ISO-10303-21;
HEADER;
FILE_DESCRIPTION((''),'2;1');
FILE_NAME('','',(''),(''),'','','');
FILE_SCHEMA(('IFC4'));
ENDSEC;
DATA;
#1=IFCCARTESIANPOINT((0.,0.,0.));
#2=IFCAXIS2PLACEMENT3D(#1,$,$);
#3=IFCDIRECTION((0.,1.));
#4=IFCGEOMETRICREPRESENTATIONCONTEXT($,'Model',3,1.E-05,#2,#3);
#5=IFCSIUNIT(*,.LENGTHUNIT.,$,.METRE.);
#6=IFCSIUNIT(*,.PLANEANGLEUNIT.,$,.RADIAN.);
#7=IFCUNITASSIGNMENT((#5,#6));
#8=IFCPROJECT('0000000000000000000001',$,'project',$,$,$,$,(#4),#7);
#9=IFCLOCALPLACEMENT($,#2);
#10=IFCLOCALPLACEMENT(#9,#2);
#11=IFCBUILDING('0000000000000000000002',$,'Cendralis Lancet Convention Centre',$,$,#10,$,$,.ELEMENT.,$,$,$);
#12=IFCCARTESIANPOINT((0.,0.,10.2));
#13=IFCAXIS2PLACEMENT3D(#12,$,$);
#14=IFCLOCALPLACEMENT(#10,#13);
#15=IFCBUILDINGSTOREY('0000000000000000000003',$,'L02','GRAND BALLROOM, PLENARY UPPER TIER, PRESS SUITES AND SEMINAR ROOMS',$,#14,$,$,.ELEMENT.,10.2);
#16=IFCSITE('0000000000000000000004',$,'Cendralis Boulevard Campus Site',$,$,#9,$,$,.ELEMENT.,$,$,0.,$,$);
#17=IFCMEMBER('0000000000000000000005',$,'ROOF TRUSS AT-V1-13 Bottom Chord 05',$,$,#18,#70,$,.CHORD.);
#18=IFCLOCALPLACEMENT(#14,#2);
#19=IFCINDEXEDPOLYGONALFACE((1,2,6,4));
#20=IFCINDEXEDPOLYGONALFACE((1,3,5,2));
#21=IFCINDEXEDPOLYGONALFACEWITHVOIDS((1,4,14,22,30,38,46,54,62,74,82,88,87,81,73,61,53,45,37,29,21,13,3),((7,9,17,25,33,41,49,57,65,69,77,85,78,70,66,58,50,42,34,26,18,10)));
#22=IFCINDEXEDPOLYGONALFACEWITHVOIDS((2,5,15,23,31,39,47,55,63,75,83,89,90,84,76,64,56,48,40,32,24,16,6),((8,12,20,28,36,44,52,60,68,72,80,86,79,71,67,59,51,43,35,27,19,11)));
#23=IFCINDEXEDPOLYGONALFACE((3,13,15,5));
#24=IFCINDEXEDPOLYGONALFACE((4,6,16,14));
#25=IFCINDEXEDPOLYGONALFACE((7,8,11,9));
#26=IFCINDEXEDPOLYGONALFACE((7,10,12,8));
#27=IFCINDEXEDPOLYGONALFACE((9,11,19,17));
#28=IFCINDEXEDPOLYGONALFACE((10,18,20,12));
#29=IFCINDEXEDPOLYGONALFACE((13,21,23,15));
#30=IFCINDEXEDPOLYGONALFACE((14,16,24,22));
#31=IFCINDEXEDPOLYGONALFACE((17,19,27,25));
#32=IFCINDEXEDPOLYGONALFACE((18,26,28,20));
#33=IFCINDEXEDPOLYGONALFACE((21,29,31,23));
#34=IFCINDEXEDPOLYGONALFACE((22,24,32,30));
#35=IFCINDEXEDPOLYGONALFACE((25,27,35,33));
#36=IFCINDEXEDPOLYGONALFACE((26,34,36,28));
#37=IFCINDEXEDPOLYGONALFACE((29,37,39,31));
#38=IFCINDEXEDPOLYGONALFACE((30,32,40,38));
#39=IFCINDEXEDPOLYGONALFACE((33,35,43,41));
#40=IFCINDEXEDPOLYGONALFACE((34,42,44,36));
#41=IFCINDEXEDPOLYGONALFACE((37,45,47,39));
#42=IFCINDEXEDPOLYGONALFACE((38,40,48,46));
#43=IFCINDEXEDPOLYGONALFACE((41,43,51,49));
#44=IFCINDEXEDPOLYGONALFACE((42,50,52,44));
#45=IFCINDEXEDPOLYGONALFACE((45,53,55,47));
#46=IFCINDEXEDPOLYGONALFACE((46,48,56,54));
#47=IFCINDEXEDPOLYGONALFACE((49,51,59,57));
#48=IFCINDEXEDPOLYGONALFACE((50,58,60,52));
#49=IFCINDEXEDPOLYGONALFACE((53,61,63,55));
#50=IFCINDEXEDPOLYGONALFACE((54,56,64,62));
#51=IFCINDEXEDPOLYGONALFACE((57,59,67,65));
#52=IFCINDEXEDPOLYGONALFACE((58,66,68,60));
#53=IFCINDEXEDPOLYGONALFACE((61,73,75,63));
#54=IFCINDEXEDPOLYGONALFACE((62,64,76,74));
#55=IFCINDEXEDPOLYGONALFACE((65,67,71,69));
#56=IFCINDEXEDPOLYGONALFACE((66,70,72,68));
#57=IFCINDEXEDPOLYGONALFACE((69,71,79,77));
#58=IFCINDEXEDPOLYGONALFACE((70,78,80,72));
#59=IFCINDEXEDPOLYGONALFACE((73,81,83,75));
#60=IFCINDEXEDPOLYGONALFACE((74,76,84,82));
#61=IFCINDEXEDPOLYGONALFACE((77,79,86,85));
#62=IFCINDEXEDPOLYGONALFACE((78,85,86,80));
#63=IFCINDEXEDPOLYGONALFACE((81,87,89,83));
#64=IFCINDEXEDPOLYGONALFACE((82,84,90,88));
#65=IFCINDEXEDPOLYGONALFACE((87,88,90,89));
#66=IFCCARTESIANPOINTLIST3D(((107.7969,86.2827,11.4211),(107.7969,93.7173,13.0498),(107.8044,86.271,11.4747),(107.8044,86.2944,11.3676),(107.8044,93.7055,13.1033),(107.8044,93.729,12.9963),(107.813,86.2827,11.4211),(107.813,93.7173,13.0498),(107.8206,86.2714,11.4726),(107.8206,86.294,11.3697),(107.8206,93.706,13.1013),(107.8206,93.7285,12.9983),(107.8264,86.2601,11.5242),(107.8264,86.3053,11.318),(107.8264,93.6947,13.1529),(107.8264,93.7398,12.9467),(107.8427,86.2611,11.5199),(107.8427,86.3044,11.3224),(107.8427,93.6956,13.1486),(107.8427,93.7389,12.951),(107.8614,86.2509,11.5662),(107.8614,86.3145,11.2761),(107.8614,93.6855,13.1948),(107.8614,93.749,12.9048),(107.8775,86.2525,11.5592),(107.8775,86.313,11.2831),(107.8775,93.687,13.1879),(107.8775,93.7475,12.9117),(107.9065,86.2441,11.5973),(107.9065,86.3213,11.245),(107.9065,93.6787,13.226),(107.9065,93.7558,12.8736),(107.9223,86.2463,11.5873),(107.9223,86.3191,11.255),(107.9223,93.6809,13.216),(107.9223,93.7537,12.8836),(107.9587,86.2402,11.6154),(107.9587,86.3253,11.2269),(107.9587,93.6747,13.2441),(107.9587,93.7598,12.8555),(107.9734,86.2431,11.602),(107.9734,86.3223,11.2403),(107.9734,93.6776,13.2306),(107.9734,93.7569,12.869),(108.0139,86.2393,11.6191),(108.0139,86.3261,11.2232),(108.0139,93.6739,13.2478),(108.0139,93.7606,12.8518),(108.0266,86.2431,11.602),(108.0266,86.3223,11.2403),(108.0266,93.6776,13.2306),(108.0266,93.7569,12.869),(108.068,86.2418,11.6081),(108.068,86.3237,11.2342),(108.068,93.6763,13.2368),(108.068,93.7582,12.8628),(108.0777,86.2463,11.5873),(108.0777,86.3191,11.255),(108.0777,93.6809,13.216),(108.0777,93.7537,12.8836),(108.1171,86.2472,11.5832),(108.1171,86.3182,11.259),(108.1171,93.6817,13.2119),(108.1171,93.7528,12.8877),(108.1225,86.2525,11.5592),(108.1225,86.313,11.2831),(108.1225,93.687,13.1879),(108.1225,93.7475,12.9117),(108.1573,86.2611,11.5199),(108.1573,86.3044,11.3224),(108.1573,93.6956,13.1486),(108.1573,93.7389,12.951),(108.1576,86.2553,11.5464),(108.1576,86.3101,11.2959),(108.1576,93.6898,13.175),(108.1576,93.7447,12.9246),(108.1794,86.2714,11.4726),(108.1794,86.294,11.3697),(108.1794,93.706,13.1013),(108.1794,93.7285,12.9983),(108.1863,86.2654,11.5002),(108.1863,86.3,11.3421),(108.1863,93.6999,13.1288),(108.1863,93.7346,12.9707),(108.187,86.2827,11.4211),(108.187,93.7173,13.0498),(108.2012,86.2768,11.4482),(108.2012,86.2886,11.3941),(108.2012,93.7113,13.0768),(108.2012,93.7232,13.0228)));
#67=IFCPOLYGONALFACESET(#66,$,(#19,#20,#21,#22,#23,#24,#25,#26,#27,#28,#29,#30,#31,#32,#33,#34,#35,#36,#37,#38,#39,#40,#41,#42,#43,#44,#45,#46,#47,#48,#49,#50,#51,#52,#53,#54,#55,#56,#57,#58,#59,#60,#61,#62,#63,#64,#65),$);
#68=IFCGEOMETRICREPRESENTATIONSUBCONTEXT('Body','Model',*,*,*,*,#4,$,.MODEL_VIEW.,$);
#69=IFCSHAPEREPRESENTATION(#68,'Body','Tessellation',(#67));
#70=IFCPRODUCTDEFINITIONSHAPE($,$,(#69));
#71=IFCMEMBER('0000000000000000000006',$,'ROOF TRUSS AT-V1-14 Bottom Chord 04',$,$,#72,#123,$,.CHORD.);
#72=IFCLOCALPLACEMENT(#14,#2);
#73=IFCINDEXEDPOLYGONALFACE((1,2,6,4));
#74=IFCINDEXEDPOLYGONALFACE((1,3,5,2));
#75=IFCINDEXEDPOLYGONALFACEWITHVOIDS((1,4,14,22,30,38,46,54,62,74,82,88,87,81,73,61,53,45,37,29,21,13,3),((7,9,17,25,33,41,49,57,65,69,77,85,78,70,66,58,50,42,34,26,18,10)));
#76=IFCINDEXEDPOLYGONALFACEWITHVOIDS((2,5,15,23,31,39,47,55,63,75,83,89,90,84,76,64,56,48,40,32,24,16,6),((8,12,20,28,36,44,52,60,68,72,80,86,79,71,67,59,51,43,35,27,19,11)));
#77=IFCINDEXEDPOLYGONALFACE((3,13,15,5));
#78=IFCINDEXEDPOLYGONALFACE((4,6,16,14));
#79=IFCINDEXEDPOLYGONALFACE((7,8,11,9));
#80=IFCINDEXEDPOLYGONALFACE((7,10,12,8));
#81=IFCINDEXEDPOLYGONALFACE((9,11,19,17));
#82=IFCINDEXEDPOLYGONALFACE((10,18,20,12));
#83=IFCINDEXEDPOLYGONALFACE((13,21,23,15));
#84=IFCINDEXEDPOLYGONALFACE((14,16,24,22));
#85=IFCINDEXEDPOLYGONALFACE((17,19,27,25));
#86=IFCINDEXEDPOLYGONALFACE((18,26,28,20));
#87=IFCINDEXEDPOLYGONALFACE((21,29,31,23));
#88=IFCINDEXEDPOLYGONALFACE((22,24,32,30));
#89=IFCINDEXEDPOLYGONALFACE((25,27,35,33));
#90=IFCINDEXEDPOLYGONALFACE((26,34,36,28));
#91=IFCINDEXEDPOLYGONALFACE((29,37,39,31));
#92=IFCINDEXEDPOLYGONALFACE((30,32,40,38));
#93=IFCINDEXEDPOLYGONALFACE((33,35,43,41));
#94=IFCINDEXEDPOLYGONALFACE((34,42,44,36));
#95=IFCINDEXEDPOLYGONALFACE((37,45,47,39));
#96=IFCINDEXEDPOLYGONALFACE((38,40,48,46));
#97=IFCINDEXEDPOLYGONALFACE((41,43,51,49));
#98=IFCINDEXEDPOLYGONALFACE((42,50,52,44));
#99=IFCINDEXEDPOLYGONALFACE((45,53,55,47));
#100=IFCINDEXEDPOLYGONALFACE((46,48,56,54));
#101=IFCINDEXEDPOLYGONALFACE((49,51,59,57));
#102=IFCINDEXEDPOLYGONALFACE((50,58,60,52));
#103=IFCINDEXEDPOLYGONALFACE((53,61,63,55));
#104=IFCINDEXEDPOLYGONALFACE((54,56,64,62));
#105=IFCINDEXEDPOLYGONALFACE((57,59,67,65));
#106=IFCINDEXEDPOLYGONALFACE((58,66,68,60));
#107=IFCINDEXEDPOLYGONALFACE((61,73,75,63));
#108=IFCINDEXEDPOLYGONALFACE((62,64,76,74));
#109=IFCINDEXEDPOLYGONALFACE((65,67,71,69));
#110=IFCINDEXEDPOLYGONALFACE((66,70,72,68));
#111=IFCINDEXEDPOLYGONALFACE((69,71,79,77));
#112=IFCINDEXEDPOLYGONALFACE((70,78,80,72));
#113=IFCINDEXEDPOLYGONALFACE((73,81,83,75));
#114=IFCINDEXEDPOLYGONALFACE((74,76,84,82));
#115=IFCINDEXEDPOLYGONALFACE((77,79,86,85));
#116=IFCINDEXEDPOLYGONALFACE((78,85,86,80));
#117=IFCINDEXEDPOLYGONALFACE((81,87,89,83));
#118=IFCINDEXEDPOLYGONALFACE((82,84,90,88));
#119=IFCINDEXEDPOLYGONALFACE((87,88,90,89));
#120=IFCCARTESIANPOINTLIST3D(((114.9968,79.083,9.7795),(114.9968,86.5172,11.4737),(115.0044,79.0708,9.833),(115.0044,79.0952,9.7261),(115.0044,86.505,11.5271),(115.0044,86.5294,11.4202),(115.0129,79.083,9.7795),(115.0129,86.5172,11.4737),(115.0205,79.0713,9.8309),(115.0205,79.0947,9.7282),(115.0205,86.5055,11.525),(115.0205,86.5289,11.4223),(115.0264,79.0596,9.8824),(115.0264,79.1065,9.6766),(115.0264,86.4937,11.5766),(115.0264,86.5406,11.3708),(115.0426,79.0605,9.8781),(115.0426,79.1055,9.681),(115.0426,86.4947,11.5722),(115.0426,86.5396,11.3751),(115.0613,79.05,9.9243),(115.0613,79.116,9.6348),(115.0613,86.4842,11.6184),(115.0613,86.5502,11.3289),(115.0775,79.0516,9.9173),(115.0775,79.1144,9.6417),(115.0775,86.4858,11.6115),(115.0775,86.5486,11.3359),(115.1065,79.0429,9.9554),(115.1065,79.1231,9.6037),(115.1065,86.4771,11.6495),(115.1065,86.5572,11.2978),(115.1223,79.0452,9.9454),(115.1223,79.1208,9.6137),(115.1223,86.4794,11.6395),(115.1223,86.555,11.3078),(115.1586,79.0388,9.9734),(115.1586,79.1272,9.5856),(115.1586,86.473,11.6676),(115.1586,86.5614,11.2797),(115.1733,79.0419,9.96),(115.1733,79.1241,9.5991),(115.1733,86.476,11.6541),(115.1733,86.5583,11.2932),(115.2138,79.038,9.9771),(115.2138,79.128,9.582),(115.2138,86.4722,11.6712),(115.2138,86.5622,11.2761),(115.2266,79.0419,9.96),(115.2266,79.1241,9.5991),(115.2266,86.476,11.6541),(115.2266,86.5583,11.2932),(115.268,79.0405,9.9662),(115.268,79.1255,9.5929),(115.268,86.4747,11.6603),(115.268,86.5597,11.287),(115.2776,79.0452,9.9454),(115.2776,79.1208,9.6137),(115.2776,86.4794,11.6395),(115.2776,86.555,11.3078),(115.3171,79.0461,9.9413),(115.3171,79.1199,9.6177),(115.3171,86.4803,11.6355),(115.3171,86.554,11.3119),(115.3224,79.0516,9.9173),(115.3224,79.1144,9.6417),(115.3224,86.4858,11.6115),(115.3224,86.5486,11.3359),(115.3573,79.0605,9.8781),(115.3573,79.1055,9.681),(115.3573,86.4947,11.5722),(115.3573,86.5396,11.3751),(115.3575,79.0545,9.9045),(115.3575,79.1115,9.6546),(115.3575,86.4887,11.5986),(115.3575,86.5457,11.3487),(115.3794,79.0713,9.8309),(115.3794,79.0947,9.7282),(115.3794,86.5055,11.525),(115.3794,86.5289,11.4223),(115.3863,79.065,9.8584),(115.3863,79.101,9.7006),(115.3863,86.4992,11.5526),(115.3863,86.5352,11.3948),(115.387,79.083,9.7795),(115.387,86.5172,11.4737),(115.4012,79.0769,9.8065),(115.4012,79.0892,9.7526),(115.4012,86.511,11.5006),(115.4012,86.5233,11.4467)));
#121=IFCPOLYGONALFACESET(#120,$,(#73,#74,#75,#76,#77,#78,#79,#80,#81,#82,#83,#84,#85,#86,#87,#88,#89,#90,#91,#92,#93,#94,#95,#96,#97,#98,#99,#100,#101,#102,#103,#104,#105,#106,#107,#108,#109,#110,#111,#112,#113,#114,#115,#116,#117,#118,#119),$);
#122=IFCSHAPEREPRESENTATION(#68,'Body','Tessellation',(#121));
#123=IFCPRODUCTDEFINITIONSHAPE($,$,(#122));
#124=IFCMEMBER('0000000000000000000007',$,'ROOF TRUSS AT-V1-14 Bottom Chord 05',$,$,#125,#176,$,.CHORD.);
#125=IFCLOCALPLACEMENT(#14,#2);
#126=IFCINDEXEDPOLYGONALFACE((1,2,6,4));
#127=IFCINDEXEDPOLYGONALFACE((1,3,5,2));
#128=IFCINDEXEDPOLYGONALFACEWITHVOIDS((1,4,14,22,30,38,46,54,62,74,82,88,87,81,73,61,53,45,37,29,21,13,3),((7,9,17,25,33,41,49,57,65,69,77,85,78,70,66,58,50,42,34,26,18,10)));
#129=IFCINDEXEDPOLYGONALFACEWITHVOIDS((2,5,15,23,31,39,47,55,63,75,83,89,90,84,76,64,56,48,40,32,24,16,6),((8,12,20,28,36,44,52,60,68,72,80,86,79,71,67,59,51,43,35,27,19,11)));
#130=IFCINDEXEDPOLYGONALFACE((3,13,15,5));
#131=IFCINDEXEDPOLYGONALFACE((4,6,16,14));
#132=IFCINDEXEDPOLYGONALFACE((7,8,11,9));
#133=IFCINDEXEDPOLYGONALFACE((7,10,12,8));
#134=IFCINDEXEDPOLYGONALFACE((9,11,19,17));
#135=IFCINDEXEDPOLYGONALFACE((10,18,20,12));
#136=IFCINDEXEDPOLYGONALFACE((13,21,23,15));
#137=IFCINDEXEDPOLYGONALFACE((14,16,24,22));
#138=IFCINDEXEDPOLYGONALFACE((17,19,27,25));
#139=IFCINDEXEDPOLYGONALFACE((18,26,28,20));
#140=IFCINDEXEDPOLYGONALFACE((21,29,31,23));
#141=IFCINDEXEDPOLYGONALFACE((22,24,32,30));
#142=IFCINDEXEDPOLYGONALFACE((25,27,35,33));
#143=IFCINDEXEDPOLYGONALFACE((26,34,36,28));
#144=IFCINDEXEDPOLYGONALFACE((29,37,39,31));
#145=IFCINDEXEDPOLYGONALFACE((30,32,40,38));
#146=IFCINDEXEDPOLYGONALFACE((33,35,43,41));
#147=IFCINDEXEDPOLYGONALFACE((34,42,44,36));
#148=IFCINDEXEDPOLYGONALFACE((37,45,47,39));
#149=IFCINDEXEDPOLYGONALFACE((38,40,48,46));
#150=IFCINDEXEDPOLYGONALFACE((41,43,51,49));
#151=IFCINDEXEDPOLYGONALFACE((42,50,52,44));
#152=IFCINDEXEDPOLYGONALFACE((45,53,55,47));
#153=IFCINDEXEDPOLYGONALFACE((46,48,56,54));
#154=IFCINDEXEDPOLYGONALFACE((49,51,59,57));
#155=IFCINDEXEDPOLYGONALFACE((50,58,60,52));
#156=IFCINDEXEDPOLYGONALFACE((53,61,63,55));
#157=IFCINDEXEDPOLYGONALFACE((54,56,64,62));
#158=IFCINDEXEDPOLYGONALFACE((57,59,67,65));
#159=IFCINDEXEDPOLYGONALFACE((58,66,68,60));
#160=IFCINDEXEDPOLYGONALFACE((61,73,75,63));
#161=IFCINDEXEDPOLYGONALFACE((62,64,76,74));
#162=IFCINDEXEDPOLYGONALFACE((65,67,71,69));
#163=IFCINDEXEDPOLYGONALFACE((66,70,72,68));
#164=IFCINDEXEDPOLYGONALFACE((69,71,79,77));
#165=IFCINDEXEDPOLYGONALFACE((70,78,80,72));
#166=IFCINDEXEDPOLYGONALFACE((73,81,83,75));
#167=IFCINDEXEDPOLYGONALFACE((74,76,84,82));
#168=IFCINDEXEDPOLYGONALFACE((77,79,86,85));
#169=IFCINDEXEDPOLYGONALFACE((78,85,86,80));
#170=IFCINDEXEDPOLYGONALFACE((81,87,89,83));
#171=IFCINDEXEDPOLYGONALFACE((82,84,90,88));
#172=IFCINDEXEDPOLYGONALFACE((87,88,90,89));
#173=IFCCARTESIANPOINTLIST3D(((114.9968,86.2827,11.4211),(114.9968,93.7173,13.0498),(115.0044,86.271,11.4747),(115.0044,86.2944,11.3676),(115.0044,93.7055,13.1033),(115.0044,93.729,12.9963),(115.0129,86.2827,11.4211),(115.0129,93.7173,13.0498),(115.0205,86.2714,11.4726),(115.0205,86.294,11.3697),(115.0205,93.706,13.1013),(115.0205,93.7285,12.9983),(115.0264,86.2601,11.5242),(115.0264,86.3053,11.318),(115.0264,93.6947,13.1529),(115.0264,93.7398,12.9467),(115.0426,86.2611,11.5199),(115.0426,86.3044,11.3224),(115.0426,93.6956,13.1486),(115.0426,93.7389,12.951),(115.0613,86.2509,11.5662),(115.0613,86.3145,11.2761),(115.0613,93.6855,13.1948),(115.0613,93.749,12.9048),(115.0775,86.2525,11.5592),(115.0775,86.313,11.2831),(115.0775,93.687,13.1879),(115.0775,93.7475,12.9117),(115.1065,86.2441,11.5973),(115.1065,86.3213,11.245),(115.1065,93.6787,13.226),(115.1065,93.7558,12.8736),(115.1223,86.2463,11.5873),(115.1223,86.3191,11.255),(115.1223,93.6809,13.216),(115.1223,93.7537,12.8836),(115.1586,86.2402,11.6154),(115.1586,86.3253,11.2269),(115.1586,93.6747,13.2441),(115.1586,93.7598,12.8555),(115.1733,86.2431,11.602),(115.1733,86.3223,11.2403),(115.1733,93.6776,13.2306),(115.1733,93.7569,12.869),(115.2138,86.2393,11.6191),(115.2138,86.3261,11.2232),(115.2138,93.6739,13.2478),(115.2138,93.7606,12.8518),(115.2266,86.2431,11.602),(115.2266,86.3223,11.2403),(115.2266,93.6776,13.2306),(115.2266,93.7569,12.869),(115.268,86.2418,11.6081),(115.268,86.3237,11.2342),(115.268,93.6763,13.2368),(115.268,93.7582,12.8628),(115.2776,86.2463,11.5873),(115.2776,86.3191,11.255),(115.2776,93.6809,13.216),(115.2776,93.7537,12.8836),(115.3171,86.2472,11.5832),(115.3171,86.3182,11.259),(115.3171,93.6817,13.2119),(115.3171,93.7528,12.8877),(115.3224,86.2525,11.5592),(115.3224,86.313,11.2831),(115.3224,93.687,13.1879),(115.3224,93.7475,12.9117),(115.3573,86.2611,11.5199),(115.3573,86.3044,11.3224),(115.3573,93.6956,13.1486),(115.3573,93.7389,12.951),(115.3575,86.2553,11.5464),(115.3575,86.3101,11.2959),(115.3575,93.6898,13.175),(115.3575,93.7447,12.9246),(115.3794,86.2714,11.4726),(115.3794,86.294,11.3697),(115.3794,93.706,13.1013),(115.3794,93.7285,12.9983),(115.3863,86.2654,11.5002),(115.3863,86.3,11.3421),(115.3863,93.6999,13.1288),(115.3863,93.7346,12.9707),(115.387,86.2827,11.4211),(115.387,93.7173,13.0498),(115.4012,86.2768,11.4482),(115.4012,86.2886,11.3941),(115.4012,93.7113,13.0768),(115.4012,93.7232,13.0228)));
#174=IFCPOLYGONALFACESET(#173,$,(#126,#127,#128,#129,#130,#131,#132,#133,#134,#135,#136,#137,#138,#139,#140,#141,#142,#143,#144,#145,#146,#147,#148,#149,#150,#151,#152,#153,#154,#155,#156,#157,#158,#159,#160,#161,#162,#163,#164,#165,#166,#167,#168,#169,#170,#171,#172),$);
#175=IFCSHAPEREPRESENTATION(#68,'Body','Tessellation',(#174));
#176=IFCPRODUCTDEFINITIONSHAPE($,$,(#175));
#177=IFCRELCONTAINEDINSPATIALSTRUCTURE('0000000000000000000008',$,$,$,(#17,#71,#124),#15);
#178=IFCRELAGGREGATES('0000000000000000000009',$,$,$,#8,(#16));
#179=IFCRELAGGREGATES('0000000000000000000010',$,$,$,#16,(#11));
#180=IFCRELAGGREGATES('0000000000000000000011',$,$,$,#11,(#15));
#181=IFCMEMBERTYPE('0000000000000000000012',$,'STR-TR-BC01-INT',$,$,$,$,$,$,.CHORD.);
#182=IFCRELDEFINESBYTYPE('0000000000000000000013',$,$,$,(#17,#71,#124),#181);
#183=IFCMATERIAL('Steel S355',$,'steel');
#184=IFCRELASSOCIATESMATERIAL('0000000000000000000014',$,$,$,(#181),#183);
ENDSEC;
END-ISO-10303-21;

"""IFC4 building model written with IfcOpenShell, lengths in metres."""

from ifc_helpers import new_model, si_unit, direction, frame, origin, origin_2d, place, context, subcontext, project, spatial, hollow_circle, extrude, material, material_profile, profile_set, type_object, element, save


model = new_model("IFC4")

# Units and contexts
model_context = context("Model", 3, precision=1e-05, world=origin(), true_north=direction((0.0, 1.0)))
body_context = subcontext(model_context, "Body", "Model", "MODEL_VIEW")
ifc_project = project(units=[si_unit("LENGTHUNIT", "METRE"), si_unit("PLANEANGLEUNIT", "RADIAN")], contexts=[model_context])

# Site, building, storey
site_placement = place(None, origin())
site = spatial("IfcSite", under=ifc_project, at=site_placement, Name="Cendralis Boulevard Campus Site", CompositionType="ELEMENT", RefElevation=0.0)
building_placement = place(site_placement, origin())
building = spatial("IfcBuilding", under=site, at=building_placement, Name="Cendralis Lancet Convention Centre", CompositionType="ELEMENT")
storey_placement = place(building_placement, frame((0.0, 0.0, 10.2)))
storey = spatial("IfcBuildingStorey", under=building, at=storey_placement, Name="L02", Description="GRAND BALLROOM, PLENARY UPPER TIER, PRESS SUITES AND SEMINAR ROOMS", CompositionType="ELEMENT", Elevation=10.2)

# Members
ifc_material = material(Name="Steel S355", Category="steel")
ifc_material_profile_1 = material_profile(ifc_material, hollow_circle(Radius=0.2031, WallThickness=0.0161, at=origin_2d()), Name="CHS 406.4x16.0")
ifc_profile_set_1 = profile_set([ifc_material_profile_1], Name="Steel S355")
member_type_1 = type_object("IfcMemberType", Name="STR-TR-BC01-INT", PredefinedType="CHORD", material=ifc_profile_set_1)
member_1_placement = place(storey_placement, frame((108.0, 86.2827, 11.4211), z_axis=(0.0, 0.976836, 0.213992), x_axis=(-1.0, 0.0, 0.0)))
element("IfcMember", 1, at=member_1_placement, inside=storey, type_object=member_type_1, Name="ROOF TRUSS AT-V1-13 Bottom Chord 05", PredefinedType="CHORD", context=body_context, shape_type="SweptSolid", body=[
    extrude(hollow_circle(Radius=0.2031, WallThickness=0.0161, at=origin_2d()), origin(), (0.0, 0.0, 1.0), 7.6108),
])
member_2_placement = place(storey_placement, frame((115.2, 79.083, 9.7795), z_axis=(0.0, 0.975004, 0.222186), x_axis=(-1.0, 0.0, 0.0)))
element("IfcMember", 2, at=member_2_placement, inside=storey, type_object=member_type_1, Name="ROOF TRUSS AT-V1-14 Bottom Chord 04", PredefinedType="CHORD", context=body_context, shape_type="SweptSolid", body=[
    extrude(hollow_circle(Radius=0.2031, WallThickness=0.0161, at=origin_2d()), origin(), (0.0, 0.0, 1.0), 7.6248),
])
member_3_placement = place(storey_placement, frame((115.2, 86.2827, 11.4211), z_axis=(0.0, 0.976836, 0.213992), x_axis=(-1.0, 0.0, 0.0)))
element("IfcMember", 3, at=member_3_placement, inside=storey, type_object=member_type_1, Name="ROOF TRUSS AT-V1-14 Bottom Chord 05", PredefinedType="CHORD", context=body_context, shape_type="SweptSolid", body=[
    extrude(hollow_circle(Radius=0.2031, WallThickness=0.0161, at=origin_2d()), origin(), (0.0, 0.0, 1.0), 7.6108),
])

save(model, "model.ifc")
